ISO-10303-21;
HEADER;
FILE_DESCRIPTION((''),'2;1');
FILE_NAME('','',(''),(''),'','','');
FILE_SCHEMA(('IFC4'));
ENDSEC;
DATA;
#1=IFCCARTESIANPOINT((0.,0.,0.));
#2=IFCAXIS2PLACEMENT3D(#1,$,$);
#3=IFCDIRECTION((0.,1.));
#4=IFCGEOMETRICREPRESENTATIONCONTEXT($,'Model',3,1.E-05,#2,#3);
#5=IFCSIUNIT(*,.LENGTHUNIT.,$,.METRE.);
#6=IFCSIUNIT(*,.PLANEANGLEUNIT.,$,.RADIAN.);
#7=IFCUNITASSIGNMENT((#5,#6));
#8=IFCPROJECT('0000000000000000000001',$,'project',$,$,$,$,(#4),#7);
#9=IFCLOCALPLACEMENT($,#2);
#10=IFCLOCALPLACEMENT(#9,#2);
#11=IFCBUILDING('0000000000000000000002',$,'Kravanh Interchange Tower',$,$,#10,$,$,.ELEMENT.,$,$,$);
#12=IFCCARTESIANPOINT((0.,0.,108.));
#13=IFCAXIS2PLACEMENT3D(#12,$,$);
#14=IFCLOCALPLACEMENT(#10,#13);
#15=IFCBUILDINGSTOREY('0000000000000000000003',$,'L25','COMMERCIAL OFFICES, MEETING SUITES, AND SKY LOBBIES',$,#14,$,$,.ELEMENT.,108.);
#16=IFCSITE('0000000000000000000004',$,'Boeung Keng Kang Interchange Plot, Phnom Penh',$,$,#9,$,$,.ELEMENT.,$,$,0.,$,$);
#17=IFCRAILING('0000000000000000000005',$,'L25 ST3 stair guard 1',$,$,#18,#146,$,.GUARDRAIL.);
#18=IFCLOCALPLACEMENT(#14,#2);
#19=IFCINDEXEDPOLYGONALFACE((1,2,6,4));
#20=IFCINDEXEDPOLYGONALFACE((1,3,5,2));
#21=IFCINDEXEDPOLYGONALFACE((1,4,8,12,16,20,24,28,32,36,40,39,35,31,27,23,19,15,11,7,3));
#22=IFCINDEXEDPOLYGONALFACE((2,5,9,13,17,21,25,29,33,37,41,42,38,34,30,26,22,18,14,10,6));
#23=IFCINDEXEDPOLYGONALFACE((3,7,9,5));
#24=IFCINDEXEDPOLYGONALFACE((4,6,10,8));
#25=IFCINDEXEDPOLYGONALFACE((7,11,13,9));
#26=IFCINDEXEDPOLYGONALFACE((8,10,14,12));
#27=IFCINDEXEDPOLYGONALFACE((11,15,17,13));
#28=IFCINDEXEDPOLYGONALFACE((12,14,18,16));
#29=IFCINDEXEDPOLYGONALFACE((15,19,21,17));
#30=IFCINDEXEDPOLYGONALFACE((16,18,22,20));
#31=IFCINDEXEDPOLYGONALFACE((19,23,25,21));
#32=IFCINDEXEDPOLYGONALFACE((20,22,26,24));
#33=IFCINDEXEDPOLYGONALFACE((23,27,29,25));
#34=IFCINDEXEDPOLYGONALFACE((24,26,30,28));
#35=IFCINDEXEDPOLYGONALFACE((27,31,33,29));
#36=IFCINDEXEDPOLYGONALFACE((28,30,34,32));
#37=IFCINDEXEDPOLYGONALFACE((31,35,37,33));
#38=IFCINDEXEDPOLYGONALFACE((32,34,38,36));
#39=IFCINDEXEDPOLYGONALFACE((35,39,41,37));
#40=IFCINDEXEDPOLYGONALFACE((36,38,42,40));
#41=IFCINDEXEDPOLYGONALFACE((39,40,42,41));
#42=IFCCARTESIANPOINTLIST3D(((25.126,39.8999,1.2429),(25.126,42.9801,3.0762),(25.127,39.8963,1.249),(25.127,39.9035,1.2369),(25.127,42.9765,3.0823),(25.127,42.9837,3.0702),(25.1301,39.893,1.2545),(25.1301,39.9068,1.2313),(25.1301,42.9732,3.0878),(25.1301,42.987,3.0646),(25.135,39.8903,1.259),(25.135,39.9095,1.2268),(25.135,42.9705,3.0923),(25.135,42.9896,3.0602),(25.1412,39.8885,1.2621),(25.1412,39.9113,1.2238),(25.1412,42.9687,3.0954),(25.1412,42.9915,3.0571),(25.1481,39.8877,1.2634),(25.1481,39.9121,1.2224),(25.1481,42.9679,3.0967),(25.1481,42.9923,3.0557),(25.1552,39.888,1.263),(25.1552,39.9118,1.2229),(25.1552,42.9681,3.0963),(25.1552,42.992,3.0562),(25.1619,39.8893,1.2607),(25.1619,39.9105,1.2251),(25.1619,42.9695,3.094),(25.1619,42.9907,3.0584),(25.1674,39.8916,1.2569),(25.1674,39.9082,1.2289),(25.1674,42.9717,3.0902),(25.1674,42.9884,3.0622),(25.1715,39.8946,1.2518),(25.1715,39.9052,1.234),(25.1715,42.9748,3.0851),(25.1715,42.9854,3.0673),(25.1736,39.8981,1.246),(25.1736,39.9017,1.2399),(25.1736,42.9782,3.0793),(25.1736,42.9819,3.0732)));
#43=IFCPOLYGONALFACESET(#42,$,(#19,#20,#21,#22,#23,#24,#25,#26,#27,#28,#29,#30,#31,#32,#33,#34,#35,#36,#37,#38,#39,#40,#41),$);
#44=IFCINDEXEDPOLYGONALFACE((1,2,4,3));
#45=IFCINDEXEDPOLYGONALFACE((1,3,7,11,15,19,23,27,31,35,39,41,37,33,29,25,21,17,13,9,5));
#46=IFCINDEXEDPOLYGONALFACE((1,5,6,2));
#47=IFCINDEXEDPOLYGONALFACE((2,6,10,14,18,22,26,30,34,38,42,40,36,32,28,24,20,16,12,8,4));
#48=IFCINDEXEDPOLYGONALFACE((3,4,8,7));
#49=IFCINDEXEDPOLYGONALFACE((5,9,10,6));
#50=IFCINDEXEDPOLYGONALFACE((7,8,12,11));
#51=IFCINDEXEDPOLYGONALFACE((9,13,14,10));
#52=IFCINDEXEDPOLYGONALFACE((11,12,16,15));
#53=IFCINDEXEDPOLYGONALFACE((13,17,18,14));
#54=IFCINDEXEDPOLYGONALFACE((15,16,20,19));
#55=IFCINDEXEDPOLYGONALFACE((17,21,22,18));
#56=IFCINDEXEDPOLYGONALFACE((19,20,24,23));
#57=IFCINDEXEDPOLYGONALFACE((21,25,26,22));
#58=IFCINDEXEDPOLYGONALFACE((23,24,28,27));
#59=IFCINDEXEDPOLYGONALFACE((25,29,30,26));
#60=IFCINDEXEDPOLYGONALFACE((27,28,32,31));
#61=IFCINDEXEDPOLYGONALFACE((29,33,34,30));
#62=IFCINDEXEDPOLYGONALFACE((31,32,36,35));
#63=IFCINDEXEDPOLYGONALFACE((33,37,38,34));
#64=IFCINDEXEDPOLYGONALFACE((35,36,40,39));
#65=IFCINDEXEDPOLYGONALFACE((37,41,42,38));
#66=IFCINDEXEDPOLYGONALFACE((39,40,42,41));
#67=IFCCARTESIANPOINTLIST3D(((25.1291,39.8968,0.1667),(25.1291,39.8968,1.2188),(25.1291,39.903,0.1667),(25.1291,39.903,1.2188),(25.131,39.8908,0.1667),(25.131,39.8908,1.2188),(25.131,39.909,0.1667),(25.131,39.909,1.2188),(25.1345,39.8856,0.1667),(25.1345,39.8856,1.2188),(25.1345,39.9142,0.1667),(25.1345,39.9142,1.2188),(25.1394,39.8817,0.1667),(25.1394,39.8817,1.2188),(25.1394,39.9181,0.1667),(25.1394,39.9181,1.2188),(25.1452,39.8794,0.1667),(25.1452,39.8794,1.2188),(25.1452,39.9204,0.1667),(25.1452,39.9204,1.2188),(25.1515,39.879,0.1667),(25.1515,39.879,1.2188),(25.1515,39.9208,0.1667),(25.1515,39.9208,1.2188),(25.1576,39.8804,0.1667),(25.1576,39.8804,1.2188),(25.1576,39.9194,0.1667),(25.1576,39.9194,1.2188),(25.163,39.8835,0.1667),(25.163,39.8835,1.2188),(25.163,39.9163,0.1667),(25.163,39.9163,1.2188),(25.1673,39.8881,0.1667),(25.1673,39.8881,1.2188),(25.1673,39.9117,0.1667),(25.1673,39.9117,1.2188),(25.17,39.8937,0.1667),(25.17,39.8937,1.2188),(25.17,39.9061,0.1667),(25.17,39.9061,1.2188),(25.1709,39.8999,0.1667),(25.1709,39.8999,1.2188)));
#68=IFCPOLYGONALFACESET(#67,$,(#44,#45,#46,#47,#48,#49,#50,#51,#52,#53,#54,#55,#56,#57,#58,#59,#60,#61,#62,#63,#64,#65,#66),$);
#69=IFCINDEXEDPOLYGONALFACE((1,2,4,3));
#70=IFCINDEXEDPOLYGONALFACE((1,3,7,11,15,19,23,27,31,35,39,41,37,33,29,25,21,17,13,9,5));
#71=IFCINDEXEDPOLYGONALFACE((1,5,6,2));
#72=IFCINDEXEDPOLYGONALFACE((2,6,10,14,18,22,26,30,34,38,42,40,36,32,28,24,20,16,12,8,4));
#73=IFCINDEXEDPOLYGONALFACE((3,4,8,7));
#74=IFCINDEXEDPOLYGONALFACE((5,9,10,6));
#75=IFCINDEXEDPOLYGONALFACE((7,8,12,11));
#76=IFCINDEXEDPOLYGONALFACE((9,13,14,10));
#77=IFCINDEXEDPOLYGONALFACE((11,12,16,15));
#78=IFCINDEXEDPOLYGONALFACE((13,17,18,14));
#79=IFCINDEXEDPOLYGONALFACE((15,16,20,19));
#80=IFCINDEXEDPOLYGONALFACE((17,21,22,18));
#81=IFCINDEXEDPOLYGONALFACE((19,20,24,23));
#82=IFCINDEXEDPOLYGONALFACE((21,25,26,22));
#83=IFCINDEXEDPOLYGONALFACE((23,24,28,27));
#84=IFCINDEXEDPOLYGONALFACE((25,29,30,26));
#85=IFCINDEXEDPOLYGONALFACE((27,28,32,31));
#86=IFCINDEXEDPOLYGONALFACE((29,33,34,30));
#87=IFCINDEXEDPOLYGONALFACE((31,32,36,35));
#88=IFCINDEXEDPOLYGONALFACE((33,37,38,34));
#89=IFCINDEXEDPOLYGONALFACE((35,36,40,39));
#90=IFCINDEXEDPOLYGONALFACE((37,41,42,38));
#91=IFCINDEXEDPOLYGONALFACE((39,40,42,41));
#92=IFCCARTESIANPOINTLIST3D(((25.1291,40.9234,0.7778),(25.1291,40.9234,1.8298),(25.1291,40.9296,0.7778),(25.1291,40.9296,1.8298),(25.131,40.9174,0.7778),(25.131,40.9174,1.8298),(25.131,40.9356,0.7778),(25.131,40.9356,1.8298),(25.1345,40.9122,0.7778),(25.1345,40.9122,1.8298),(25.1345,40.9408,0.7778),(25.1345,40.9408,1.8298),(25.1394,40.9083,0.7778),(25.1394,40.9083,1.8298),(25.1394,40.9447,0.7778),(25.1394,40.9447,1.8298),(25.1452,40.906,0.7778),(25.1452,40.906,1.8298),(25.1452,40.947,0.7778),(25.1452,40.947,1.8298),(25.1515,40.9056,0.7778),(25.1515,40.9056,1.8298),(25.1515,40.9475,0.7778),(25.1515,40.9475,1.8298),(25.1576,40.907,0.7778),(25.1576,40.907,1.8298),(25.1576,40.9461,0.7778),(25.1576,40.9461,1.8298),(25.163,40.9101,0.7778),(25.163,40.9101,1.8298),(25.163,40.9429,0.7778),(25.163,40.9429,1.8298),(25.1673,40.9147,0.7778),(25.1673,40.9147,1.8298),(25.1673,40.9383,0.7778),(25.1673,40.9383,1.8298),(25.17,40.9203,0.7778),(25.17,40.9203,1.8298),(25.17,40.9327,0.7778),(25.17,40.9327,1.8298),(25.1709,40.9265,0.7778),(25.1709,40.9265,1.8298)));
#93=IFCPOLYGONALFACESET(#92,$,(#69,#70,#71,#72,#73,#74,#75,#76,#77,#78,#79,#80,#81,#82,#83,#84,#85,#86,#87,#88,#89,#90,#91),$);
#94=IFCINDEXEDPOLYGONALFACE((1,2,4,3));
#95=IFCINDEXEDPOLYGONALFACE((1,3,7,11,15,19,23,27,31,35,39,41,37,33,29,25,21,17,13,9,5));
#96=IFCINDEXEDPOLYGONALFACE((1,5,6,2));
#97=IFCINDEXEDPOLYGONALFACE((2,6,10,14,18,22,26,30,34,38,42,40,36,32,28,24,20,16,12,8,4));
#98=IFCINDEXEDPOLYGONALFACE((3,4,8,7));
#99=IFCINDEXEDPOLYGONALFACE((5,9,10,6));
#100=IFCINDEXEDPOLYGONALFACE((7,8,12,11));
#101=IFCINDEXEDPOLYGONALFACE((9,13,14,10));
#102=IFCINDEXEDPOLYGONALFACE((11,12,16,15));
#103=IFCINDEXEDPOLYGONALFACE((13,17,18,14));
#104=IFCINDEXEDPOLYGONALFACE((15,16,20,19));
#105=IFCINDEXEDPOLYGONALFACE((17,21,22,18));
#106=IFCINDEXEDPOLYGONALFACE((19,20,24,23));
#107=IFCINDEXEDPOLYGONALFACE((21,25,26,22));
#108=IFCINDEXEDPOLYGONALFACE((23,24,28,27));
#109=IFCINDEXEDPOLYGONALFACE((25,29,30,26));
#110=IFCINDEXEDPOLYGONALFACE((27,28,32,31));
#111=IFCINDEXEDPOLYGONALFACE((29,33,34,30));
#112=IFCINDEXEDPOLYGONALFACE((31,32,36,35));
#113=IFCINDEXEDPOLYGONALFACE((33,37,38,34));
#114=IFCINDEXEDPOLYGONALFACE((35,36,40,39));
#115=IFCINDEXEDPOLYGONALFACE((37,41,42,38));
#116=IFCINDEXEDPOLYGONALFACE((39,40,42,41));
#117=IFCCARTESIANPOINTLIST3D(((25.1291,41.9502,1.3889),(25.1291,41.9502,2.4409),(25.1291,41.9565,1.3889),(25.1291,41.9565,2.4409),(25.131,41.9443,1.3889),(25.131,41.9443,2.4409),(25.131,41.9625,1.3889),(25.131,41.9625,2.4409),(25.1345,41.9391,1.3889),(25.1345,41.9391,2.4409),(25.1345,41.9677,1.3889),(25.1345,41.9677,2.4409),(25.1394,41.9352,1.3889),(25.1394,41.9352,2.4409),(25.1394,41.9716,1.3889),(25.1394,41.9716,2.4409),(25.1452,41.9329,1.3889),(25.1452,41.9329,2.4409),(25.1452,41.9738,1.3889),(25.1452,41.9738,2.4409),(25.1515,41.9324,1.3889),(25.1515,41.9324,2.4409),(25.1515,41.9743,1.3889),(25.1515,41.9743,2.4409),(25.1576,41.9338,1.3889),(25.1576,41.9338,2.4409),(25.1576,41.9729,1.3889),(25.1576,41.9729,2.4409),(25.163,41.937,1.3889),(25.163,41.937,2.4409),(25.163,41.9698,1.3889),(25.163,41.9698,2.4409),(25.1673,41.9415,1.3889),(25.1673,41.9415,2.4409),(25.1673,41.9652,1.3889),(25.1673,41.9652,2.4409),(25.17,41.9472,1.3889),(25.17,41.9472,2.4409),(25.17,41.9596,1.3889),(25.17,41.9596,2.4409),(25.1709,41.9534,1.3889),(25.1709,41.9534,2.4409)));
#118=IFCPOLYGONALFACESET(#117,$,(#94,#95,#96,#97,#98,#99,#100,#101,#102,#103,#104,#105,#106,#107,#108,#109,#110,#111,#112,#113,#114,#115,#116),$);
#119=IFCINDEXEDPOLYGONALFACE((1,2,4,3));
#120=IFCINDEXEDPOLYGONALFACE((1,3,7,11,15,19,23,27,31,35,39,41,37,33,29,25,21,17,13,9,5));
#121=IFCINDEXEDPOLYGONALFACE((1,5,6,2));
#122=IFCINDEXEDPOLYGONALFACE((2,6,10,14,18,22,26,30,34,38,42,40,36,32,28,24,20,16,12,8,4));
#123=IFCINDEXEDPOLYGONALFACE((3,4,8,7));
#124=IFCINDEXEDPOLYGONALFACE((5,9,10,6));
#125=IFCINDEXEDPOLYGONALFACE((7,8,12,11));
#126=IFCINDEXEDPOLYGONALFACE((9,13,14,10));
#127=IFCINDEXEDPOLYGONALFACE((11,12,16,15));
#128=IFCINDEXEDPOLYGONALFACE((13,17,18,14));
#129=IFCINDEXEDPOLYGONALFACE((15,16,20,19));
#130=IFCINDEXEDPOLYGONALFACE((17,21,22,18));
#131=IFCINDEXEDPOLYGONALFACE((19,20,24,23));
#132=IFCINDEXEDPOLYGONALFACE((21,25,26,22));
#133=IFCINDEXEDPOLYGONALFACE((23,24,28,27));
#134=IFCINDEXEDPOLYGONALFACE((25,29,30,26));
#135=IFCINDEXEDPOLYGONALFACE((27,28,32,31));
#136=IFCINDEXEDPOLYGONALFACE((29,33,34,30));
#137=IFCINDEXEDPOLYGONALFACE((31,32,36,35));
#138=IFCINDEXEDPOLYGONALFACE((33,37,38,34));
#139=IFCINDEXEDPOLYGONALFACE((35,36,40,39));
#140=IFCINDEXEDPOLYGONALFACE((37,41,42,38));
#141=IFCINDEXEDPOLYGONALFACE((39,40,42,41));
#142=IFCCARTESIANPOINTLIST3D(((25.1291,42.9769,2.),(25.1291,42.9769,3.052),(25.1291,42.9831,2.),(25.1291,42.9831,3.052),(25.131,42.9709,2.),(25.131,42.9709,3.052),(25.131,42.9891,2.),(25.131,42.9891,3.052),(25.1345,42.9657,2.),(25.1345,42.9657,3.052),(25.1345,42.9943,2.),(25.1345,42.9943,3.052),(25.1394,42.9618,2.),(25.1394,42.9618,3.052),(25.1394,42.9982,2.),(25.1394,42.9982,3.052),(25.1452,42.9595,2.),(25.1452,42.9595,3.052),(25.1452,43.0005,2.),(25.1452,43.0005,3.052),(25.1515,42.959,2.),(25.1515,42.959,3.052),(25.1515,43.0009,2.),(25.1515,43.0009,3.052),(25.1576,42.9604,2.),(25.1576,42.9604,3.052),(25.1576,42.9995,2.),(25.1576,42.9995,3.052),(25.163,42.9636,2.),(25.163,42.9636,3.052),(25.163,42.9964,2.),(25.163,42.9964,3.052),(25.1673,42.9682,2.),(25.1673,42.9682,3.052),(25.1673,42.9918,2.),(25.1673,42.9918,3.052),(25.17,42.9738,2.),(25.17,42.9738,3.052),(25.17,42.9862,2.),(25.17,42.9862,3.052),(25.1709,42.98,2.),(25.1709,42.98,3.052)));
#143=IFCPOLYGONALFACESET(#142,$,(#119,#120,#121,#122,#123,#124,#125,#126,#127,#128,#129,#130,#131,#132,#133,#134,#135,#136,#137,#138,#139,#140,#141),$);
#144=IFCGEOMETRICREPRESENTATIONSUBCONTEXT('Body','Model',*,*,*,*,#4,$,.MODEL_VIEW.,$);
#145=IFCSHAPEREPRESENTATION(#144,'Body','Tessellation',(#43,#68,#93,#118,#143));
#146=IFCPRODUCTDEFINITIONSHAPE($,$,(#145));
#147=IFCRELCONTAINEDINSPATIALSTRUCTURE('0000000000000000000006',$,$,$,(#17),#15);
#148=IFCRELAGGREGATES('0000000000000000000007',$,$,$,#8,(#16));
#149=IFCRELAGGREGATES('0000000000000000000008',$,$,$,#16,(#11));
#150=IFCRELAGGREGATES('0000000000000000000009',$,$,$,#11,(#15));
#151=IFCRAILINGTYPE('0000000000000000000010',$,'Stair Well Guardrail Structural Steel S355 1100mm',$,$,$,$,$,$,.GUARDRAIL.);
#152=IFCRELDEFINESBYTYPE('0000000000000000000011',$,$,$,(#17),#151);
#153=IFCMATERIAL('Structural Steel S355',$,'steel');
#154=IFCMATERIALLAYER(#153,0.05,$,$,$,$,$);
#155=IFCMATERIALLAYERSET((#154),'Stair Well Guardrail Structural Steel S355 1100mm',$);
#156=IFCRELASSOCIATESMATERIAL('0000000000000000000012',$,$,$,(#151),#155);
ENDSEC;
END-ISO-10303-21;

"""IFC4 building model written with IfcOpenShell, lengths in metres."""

from ifc_helpers import new_model, si_unit, direction, frame, origin, origin_2d, place, context, subcontext, project, spatial, circle, extrude, material, layer, layer_set, type_object, element, save


model = new_model("IFC4")

# Units and contexts
model_context = context("Model", 3, precision=1e-05, world=origin(), true_north=direction((0.0, 1.0)))
body_context = subcontext(model_context, "Body", "Model", "MODEL_VIEW")
ifc_project = project(units=[si_unit("LENGTHUNIT", "METRE"), si_unit("PLANEANGLEUNIT", "RADIAN")], contexts=[model_context])

# Site, building, storey
site_placement = place(None, origin())
site = spatial("IfcSite", under=ifc_project, at=site_placement, Name="Boeung Keng Kang Interchange Plot, Phnom Penh", CompositionType="ELEMENT", RefElevation=0.0)
building_placement = place(site_placement, origin())
building = spatial("IfcBuilding", under=site, at=building_placement, Name="Kravanh Interchange Tower", CompositionType="ELEMENT")
storey_placement = place(building_placement, frame((0.0, 0.0, 108.0)))
storey = spatial("IfcBuildingStorey", under=building, at=storey_placement, Name="L25", Description="COMMERCIAL OFFICES, MEETING SUITES, AND SKY LOBBIES", CompositionType="ELEMENT", Elevation=108.0)

# Railing
ifc_material_1 = material(Name="Structural Steel S355", Category="steel")
ifc_layer_1 = layer(ifc_material_1, 0.05)
ifc_layer_set_1 = layer_set([ifc_layer_1], Name="Stair Well Guardrail Structural Steel S355 1100mm")
railing_type_1 = type_object("IfcRailingType", Name="Stair Well Guardrail Structural Steel S355 1100mm", PredefinedType="GUARDRAIL", material=ifc_layer_set_1)
railing_1_placement = place(storey_placement, frame((25.1499, 39.8999, 0.1667)))
element("IfcRailing", 1, at=railing_1_placement, inside=storey, type_object=railing_type_1, Name="L25 ST3 stair guard 1", PredefinedType="GUARDRAIL", context=body_context, shape_type="SweptSolid", body=[
    extrude(circle(Radius=0.0239, at=origin_2d()), frame((0.0, 0.0, 1.0762), z_axis=(0.0, 0.859309, 0.511458), x_axis=(-1.0, 0.0, 0.0)), (0.0, 0.0, 1.0), 3.5845),
    extrude(circle(Radius=0.021, at=origin_2d()), origin(), (0.0, 0.0, 1.0), 1.052),
    extrude(circle(Radius=0.021, at=origin_2d()), frame((0.0, 1.0266, 0.6111)), (0.0, 0.0, 1.0), 1.052),
    extrude(circle(Radius=0.021, at=origin_2d()), frame((0.0, 2.0535, 1.2222)), (0.0, 0.0, 1.0), 1.052),
    extrude(circle(Radius=0.021, at=origin_2d()), frame((0.0, 3.0801, 1.8333)), (0.0, 0.0, 1.0), 1.052),
])

save(model, "model.ifc")
